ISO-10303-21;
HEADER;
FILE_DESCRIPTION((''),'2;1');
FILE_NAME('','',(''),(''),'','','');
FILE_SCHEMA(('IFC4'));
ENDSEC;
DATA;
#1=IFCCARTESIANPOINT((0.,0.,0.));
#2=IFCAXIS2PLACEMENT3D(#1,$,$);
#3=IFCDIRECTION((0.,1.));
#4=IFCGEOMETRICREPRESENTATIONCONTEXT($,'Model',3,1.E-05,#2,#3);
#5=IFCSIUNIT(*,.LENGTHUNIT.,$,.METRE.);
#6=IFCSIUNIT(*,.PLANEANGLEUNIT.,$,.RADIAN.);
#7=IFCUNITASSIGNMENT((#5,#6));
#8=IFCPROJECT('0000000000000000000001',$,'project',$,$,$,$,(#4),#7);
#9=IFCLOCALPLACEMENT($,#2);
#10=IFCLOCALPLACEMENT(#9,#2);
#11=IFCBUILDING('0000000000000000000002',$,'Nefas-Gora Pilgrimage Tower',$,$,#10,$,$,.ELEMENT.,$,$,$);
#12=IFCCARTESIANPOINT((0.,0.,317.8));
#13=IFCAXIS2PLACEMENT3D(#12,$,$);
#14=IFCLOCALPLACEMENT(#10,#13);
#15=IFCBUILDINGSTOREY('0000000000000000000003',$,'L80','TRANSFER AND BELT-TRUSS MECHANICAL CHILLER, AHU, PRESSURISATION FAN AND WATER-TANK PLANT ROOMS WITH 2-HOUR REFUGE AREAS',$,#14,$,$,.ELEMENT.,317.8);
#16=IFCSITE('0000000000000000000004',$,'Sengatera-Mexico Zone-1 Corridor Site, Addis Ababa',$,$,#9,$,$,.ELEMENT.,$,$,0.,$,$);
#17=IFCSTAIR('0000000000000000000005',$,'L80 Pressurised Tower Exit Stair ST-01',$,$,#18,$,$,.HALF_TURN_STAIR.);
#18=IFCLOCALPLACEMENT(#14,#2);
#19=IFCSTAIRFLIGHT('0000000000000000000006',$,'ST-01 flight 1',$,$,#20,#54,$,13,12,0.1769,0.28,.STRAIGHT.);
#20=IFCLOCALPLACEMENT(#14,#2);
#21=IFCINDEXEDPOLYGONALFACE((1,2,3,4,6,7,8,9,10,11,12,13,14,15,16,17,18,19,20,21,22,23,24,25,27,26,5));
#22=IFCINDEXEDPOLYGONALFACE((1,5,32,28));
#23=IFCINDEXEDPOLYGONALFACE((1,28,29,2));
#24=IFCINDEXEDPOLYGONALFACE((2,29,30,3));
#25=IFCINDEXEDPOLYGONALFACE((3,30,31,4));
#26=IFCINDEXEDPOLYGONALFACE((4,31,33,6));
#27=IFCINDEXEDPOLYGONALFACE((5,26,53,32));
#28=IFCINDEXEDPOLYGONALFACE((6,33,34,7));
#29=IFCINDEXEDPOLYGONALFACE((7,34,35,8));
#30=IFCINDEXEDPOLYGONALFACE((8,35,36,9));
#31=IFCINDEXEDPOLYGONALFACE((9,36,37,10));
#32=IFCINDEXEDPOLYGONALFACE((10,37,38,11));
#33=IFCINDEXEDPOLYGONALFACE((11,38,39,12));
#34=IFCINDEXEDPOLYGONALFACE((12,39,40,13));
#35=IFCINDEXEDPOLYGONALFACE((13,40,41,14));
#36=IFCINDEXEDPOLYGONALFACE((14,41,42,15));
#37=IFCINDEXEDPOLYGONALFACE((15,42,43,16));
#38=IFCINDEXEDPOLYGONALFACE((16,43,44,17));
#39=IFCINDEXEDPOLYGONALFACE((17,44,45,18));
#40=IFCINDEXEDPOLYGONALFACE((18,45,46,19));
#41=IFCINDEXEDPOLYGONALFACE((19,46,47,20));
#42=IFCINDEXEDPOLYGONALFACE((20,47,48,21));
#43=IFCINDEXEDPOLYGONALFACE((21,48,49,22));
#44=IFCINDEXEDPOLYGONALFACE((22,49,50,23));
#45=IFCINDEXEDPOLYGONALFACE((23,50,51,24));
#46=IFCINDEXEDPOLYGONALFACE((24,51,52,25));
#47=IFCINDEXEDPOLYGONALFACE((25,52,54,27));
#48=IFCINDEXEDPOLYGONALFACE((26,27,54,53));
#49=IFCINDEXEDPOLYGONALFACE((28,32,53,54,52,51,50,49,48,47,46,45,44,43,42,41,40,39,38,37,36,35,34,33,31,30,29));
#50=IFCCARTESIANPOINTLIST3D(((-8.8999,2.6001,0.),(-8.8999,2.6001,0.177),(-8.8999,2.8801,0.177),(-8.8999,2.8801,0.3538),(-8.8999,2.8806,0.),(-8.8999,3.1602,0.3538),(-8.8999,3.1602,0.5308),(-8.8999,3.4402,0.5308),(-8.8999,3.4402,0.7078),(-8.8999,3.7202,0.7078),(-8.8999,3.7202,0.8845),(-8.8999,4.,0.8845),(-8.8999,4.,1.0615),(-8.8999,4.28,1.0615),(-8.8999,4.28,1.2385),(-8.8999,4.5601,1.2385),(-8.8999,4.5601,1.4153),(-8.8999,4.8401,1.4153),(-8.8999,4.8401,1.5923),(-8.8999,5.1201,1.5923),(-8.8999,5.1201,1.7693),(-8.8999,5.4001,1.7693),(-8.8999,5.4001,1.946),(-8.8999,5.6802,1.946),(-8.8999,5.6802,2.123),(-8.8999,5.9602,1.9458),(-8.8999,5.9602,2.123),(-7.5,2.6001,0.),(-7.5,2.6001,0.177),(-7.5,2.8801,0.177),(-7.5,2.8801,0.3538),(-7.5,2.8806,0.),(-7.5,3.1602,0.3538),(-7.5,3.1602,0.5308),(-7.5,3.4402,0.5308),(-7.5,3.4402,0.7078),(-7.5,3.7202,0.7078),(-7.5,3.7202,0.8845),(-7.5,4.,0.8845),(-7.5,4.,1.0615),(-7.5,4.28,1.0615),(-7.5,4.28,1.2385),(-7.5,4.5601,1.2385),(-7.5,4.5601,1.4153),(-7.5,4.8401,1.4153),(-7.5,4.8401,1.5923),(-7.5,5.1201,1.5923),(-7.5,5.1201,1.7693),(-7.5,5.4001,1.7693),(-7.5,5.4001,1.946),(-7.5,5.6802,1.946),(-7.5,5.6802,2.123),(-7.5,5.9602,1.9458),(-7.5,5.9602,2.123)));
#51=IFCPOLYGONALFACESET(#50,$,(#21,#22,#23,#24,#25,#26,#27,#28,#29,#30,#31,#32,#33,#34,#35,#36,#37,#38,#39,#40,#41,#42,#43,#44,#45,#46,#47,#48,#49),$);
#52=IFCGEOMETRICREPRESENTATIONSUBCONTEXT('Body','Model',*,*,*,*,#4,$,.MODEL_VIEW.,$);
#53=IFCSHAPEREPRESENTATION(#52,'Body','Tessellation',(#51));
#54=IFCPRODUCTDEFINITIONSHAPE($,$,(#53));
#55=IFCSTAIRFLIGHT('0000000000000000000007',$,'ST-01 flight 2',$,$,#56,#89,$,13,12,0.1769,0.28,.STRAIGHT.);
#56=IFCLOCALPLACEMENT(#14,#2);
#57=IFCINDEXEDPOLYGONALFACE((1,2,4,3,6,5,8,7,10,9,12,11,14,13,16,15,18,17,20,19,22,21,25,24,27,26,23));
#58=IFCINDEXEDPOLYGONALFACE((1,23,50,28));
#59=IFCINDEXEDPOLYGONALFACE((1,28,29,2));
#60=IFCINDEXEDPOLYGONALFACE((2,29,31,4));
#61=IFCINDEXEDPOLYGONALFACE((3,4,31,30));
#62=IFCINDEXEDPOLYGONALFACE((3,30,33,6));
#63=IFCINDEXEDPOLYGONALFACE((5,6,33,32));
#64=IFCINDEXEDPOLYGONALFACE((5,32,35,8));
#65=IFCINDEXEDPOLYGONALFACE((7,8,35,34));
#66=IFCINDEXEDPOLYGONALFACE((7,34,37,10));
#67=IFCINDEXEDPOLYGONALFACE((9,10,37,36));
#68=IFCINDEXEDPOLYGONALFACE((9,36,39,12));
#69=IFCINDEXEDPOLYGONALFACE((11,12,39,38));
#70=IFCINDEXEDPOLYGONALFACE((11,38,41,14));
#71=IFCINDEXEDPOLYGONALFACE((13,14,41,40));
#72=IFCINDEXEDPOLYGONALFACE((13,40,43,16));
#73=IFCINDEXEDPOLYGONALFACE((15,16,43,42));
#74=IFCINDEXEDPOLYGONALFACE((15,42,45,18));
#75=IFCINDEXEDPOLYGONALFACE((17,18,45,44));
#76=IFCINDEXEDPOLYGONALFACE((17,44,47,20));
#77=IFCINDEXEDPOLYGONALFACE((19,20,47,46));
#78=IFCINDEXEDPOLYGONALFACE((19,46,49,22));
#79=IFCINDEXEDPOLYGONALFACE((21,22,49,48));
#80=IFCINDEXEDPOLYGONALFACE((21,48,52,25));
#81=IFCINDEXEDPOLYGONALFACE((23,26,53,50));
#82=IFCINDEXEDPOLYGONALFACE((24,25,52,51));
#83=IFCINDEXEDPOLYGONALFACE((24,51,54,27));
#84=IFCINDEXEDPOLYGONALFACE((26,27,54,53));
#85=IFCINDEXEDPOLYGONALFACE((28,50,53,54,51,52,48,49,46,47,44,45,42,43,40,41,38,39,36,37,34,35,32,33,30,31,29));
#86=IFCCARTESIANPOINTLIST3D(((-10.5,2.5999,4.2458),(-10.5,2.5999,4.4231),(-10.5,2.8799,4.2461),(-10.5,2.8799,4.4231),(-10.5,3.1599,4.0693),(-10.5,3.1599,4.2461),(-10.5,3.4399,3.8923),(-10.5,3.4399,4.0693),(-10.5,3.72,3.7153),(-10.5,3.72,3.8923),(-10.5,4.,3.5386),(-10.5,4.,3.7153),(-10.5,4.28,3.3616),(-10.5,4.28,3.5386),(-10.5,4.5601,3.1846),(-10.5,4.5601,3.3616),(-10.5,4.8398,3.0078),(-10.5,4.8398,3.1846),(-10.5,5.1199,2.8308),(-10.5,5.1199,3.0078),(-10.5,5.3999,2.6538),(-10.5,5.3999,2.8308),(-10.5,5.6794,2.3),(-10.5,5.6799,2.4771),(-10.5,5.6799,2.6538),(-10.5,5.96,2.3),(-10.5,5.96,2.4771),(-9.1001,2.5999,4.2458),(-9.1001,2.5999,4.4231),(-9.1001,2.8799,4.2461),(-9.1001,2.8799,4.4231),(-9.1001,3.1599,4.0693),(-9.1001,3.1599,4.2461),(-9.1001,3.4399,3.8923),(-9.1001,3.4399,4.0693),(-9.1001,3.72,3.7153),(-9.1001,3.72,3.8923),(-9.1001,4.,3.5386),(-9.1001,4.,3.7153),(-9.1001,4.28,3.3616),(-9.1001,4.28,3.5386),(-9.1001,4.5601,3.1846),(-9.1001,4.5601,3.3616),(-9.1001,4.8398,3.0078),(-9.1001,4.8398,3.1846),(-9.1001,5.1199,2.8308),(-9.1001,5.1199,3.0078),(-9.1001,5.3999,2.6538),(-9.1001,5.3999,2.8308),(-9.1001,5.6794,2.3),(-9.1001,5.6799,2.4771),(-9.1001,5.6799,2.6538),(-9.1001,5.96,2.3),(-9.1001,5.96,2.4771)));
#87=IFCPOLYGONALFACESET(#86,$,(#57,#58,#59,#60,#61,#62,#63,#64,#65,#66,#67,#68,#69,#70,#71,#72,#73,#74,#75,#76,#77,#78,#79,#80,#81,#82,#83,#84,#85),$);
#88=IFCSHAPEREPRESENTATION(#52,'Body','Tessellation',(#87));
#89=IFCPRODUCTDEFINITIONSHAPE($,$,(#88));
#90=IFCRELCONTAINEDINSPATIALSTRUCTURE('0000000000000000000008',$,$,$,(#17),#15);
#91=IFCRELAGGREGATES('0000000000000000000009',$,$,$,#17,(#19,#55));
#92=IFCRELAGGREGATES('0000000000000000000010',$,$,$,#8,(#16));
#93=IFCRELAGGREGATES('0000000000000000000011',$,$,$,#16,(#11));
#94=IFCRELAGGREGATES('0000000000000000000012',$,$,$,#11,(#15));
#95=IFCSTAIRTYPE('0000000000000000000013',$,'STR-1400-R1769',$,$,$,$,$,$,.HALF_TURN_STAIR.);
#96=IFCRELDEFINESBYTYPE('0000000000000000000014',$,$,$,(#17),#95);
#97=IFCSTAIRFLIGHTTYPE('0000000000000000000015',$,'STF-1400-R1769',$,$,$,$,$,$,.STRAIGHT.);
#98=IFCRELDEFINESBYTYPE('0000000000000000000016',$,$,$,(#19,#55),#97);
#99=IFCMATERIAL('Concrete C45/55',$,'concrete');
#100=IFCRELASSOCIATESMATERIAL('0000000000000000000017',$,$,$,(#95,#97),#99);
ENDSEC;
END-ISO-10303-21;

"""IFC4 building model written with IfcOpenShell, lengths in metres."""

from ifc_helpers import new_model, si_unit, direction, frame, origin, place, context, subcontext, project, spatial, polyline, outline, extrude, source, transform, mapped, material, type_object, element, aggregate, save


model = new_model("IFC4")

# Units and contexts
model_context = context("Model", 3, precision=1e-05, world=origin(), true_north=direction((0.0, 1.0)))
body_context = subcontext(model_context, "Body", "Model", "MODEL_VIEW")
ifc_project = project(units=[si_unit("LENGTHUNIT", "METRE"), si_unit("PLANEANGLEUNIT", "RADIAN")], contexts=[model_context])

# Site, building, storey
site_placement = place(None, origin())
site = spatial("IfcSite", under=ifc_project, at=site_placement, Name="Sengatera-Mexico Zone-1 Corridor Site, Addis Ababa", CompositionType="ELEMENT", RefElevation=0.0)
building_placement = place(site_placement, origin())
building = spatial("IfcBuilding", under=site, at=building_placement, Name="Nefas-Gora Pilgrimage Tower", CompositionType="ELEMENT")
storey_placement = place(building_placement, frame((0.0, 0.0, 317.8)))
storey = spatial("IfcBuildingStorey", under=building, at=storey_placement, Name="L80", Description="TRANSFER AND BELT-TRUSS MECHANICAL CHILLER, AHU, PRESSURISATION FAN AND WATER-TANK PLANT ROOMS WITH 2-HOUR REFUGE AREAS", CompositionType="ELEMENT", Elevation=317.8)

# Shared definitions
ifc_material_1 = material(Name="Concrete C45/55", Category="concrete")

# Stair, stair flights
stair_type = type_object("IfcStairType", Name="STR-1400-R1769", PredefinedType="HALF_TURN_STAIR", material=ifc_material_1)
stair_placement = place(storey_placement, origin())
stair = element("IfcStair", 1, at=stair_placement, inside=storey, type_object=stair_type, Name="L80 Pressurised Tower Exit Stair ST-01", PredefinedType="HALF_TURN_STAIR")
stair_flight_type = type_object("IfcStairFlightType", Name="STF-1400-R1769", PredefinedType="STRAIGHT", material=ifc_material_1)
shared_shape_1 = source(origin(), body_context, "Body", "SweptSolid", [
    extrude(outline(polyline([(0.0, 0.0), (0.0, 0.177), (0.28, 0.177), (0.28, 0.3538), (0.5601, 0.3538), (0.5601, 0.5308), (0.8401, 0.5308), (0.8401, 0.7078), (1.1201, 0.7078), (1.1201, 0.8845), (1.3999, 0.8845), (1.3999, 1.0615), (1.6799, 1.0615), (1.6799, 1.2385), (1.96, 1.2385), (1.96, 1.4153), (2.24, 1.4153), (2.24, 1.5923), (2.52, 1.5923), (2.52, 1.7693), (2.8, 1.7693), (2.8, 1.946), (3.0801, 1.946), (3.0801, 2.123), (3.3601, 2.123), (3.3601, 2.3), (3.3601, 1.9458), (0.2805, 0.0), (0.0, 0.0)])), frame((0.0, 0.7, 0.0), z_axis=(0.0, -1.0, 0.0), x_axis=(1.0, 0.0, 0.0)), (0.0, 0.0, 1.0), 1.3999),
])
stair_flight_1_placement = place(storey_placement, frame((-8.2, 2.6001, 0.0), z_axis=(0.0, 0.0, 1.0), x_axis=(0.0, 1.0, 0.0)))
stair_flight_1 = element("IfcStairFlight", 2, at=stair_flight_1_placement, type_object=stair_flight_type, Name="ST-01 flight 1", NumberOfRisers=13, NumberOfTreads=12, PredefinedType="STRAIGHT", RiserHeight=0.1769, TreadLength=0.28, context=body_context, shape_type="MappedRepresentation", body=[
    mapped(shared_shape_1, transform((0.0, 0.0, 0.0), x_axis=(1.0, 0.0, 0.0), y_axis=(0.0, 1.0, 0.0), z_axis=(0.0, 0.0, 1.0), scale=1.0)),
])
stair_flight_2_placement = place(storey_placement, frame((-9.8, 5.96, 2.3), z_axis=(0.0, 0.0, 1.0), x_axis=(0.0, -1.0, 0.0)))
stair_flight_2 = element("IfcStairFlight", 3, at=stair_flight_2_placement, type_object=stair_flight_type, Name="ST-01 flight 2", NumberOfRisers=13, NumberOfTreads=12, PredefinedType="STRAIGHT", RiserHeight=0.1769, TreadLength=0.28, context=body_context, shape_type="MappedRepresentation", body=[
    mapped(shared_shape_1, transform((0.0, 0.0, 0.0), x_axis=(1.0, 0.0, 0.0), y_axis=(0.0, 1.0, 0.0), z_axis=(0.0, 0.0, 1.0), scale=1.0)),
])
aggregate(stair, [stair_flight_1, stair_flight_2])

save(model, "model.ifc")
